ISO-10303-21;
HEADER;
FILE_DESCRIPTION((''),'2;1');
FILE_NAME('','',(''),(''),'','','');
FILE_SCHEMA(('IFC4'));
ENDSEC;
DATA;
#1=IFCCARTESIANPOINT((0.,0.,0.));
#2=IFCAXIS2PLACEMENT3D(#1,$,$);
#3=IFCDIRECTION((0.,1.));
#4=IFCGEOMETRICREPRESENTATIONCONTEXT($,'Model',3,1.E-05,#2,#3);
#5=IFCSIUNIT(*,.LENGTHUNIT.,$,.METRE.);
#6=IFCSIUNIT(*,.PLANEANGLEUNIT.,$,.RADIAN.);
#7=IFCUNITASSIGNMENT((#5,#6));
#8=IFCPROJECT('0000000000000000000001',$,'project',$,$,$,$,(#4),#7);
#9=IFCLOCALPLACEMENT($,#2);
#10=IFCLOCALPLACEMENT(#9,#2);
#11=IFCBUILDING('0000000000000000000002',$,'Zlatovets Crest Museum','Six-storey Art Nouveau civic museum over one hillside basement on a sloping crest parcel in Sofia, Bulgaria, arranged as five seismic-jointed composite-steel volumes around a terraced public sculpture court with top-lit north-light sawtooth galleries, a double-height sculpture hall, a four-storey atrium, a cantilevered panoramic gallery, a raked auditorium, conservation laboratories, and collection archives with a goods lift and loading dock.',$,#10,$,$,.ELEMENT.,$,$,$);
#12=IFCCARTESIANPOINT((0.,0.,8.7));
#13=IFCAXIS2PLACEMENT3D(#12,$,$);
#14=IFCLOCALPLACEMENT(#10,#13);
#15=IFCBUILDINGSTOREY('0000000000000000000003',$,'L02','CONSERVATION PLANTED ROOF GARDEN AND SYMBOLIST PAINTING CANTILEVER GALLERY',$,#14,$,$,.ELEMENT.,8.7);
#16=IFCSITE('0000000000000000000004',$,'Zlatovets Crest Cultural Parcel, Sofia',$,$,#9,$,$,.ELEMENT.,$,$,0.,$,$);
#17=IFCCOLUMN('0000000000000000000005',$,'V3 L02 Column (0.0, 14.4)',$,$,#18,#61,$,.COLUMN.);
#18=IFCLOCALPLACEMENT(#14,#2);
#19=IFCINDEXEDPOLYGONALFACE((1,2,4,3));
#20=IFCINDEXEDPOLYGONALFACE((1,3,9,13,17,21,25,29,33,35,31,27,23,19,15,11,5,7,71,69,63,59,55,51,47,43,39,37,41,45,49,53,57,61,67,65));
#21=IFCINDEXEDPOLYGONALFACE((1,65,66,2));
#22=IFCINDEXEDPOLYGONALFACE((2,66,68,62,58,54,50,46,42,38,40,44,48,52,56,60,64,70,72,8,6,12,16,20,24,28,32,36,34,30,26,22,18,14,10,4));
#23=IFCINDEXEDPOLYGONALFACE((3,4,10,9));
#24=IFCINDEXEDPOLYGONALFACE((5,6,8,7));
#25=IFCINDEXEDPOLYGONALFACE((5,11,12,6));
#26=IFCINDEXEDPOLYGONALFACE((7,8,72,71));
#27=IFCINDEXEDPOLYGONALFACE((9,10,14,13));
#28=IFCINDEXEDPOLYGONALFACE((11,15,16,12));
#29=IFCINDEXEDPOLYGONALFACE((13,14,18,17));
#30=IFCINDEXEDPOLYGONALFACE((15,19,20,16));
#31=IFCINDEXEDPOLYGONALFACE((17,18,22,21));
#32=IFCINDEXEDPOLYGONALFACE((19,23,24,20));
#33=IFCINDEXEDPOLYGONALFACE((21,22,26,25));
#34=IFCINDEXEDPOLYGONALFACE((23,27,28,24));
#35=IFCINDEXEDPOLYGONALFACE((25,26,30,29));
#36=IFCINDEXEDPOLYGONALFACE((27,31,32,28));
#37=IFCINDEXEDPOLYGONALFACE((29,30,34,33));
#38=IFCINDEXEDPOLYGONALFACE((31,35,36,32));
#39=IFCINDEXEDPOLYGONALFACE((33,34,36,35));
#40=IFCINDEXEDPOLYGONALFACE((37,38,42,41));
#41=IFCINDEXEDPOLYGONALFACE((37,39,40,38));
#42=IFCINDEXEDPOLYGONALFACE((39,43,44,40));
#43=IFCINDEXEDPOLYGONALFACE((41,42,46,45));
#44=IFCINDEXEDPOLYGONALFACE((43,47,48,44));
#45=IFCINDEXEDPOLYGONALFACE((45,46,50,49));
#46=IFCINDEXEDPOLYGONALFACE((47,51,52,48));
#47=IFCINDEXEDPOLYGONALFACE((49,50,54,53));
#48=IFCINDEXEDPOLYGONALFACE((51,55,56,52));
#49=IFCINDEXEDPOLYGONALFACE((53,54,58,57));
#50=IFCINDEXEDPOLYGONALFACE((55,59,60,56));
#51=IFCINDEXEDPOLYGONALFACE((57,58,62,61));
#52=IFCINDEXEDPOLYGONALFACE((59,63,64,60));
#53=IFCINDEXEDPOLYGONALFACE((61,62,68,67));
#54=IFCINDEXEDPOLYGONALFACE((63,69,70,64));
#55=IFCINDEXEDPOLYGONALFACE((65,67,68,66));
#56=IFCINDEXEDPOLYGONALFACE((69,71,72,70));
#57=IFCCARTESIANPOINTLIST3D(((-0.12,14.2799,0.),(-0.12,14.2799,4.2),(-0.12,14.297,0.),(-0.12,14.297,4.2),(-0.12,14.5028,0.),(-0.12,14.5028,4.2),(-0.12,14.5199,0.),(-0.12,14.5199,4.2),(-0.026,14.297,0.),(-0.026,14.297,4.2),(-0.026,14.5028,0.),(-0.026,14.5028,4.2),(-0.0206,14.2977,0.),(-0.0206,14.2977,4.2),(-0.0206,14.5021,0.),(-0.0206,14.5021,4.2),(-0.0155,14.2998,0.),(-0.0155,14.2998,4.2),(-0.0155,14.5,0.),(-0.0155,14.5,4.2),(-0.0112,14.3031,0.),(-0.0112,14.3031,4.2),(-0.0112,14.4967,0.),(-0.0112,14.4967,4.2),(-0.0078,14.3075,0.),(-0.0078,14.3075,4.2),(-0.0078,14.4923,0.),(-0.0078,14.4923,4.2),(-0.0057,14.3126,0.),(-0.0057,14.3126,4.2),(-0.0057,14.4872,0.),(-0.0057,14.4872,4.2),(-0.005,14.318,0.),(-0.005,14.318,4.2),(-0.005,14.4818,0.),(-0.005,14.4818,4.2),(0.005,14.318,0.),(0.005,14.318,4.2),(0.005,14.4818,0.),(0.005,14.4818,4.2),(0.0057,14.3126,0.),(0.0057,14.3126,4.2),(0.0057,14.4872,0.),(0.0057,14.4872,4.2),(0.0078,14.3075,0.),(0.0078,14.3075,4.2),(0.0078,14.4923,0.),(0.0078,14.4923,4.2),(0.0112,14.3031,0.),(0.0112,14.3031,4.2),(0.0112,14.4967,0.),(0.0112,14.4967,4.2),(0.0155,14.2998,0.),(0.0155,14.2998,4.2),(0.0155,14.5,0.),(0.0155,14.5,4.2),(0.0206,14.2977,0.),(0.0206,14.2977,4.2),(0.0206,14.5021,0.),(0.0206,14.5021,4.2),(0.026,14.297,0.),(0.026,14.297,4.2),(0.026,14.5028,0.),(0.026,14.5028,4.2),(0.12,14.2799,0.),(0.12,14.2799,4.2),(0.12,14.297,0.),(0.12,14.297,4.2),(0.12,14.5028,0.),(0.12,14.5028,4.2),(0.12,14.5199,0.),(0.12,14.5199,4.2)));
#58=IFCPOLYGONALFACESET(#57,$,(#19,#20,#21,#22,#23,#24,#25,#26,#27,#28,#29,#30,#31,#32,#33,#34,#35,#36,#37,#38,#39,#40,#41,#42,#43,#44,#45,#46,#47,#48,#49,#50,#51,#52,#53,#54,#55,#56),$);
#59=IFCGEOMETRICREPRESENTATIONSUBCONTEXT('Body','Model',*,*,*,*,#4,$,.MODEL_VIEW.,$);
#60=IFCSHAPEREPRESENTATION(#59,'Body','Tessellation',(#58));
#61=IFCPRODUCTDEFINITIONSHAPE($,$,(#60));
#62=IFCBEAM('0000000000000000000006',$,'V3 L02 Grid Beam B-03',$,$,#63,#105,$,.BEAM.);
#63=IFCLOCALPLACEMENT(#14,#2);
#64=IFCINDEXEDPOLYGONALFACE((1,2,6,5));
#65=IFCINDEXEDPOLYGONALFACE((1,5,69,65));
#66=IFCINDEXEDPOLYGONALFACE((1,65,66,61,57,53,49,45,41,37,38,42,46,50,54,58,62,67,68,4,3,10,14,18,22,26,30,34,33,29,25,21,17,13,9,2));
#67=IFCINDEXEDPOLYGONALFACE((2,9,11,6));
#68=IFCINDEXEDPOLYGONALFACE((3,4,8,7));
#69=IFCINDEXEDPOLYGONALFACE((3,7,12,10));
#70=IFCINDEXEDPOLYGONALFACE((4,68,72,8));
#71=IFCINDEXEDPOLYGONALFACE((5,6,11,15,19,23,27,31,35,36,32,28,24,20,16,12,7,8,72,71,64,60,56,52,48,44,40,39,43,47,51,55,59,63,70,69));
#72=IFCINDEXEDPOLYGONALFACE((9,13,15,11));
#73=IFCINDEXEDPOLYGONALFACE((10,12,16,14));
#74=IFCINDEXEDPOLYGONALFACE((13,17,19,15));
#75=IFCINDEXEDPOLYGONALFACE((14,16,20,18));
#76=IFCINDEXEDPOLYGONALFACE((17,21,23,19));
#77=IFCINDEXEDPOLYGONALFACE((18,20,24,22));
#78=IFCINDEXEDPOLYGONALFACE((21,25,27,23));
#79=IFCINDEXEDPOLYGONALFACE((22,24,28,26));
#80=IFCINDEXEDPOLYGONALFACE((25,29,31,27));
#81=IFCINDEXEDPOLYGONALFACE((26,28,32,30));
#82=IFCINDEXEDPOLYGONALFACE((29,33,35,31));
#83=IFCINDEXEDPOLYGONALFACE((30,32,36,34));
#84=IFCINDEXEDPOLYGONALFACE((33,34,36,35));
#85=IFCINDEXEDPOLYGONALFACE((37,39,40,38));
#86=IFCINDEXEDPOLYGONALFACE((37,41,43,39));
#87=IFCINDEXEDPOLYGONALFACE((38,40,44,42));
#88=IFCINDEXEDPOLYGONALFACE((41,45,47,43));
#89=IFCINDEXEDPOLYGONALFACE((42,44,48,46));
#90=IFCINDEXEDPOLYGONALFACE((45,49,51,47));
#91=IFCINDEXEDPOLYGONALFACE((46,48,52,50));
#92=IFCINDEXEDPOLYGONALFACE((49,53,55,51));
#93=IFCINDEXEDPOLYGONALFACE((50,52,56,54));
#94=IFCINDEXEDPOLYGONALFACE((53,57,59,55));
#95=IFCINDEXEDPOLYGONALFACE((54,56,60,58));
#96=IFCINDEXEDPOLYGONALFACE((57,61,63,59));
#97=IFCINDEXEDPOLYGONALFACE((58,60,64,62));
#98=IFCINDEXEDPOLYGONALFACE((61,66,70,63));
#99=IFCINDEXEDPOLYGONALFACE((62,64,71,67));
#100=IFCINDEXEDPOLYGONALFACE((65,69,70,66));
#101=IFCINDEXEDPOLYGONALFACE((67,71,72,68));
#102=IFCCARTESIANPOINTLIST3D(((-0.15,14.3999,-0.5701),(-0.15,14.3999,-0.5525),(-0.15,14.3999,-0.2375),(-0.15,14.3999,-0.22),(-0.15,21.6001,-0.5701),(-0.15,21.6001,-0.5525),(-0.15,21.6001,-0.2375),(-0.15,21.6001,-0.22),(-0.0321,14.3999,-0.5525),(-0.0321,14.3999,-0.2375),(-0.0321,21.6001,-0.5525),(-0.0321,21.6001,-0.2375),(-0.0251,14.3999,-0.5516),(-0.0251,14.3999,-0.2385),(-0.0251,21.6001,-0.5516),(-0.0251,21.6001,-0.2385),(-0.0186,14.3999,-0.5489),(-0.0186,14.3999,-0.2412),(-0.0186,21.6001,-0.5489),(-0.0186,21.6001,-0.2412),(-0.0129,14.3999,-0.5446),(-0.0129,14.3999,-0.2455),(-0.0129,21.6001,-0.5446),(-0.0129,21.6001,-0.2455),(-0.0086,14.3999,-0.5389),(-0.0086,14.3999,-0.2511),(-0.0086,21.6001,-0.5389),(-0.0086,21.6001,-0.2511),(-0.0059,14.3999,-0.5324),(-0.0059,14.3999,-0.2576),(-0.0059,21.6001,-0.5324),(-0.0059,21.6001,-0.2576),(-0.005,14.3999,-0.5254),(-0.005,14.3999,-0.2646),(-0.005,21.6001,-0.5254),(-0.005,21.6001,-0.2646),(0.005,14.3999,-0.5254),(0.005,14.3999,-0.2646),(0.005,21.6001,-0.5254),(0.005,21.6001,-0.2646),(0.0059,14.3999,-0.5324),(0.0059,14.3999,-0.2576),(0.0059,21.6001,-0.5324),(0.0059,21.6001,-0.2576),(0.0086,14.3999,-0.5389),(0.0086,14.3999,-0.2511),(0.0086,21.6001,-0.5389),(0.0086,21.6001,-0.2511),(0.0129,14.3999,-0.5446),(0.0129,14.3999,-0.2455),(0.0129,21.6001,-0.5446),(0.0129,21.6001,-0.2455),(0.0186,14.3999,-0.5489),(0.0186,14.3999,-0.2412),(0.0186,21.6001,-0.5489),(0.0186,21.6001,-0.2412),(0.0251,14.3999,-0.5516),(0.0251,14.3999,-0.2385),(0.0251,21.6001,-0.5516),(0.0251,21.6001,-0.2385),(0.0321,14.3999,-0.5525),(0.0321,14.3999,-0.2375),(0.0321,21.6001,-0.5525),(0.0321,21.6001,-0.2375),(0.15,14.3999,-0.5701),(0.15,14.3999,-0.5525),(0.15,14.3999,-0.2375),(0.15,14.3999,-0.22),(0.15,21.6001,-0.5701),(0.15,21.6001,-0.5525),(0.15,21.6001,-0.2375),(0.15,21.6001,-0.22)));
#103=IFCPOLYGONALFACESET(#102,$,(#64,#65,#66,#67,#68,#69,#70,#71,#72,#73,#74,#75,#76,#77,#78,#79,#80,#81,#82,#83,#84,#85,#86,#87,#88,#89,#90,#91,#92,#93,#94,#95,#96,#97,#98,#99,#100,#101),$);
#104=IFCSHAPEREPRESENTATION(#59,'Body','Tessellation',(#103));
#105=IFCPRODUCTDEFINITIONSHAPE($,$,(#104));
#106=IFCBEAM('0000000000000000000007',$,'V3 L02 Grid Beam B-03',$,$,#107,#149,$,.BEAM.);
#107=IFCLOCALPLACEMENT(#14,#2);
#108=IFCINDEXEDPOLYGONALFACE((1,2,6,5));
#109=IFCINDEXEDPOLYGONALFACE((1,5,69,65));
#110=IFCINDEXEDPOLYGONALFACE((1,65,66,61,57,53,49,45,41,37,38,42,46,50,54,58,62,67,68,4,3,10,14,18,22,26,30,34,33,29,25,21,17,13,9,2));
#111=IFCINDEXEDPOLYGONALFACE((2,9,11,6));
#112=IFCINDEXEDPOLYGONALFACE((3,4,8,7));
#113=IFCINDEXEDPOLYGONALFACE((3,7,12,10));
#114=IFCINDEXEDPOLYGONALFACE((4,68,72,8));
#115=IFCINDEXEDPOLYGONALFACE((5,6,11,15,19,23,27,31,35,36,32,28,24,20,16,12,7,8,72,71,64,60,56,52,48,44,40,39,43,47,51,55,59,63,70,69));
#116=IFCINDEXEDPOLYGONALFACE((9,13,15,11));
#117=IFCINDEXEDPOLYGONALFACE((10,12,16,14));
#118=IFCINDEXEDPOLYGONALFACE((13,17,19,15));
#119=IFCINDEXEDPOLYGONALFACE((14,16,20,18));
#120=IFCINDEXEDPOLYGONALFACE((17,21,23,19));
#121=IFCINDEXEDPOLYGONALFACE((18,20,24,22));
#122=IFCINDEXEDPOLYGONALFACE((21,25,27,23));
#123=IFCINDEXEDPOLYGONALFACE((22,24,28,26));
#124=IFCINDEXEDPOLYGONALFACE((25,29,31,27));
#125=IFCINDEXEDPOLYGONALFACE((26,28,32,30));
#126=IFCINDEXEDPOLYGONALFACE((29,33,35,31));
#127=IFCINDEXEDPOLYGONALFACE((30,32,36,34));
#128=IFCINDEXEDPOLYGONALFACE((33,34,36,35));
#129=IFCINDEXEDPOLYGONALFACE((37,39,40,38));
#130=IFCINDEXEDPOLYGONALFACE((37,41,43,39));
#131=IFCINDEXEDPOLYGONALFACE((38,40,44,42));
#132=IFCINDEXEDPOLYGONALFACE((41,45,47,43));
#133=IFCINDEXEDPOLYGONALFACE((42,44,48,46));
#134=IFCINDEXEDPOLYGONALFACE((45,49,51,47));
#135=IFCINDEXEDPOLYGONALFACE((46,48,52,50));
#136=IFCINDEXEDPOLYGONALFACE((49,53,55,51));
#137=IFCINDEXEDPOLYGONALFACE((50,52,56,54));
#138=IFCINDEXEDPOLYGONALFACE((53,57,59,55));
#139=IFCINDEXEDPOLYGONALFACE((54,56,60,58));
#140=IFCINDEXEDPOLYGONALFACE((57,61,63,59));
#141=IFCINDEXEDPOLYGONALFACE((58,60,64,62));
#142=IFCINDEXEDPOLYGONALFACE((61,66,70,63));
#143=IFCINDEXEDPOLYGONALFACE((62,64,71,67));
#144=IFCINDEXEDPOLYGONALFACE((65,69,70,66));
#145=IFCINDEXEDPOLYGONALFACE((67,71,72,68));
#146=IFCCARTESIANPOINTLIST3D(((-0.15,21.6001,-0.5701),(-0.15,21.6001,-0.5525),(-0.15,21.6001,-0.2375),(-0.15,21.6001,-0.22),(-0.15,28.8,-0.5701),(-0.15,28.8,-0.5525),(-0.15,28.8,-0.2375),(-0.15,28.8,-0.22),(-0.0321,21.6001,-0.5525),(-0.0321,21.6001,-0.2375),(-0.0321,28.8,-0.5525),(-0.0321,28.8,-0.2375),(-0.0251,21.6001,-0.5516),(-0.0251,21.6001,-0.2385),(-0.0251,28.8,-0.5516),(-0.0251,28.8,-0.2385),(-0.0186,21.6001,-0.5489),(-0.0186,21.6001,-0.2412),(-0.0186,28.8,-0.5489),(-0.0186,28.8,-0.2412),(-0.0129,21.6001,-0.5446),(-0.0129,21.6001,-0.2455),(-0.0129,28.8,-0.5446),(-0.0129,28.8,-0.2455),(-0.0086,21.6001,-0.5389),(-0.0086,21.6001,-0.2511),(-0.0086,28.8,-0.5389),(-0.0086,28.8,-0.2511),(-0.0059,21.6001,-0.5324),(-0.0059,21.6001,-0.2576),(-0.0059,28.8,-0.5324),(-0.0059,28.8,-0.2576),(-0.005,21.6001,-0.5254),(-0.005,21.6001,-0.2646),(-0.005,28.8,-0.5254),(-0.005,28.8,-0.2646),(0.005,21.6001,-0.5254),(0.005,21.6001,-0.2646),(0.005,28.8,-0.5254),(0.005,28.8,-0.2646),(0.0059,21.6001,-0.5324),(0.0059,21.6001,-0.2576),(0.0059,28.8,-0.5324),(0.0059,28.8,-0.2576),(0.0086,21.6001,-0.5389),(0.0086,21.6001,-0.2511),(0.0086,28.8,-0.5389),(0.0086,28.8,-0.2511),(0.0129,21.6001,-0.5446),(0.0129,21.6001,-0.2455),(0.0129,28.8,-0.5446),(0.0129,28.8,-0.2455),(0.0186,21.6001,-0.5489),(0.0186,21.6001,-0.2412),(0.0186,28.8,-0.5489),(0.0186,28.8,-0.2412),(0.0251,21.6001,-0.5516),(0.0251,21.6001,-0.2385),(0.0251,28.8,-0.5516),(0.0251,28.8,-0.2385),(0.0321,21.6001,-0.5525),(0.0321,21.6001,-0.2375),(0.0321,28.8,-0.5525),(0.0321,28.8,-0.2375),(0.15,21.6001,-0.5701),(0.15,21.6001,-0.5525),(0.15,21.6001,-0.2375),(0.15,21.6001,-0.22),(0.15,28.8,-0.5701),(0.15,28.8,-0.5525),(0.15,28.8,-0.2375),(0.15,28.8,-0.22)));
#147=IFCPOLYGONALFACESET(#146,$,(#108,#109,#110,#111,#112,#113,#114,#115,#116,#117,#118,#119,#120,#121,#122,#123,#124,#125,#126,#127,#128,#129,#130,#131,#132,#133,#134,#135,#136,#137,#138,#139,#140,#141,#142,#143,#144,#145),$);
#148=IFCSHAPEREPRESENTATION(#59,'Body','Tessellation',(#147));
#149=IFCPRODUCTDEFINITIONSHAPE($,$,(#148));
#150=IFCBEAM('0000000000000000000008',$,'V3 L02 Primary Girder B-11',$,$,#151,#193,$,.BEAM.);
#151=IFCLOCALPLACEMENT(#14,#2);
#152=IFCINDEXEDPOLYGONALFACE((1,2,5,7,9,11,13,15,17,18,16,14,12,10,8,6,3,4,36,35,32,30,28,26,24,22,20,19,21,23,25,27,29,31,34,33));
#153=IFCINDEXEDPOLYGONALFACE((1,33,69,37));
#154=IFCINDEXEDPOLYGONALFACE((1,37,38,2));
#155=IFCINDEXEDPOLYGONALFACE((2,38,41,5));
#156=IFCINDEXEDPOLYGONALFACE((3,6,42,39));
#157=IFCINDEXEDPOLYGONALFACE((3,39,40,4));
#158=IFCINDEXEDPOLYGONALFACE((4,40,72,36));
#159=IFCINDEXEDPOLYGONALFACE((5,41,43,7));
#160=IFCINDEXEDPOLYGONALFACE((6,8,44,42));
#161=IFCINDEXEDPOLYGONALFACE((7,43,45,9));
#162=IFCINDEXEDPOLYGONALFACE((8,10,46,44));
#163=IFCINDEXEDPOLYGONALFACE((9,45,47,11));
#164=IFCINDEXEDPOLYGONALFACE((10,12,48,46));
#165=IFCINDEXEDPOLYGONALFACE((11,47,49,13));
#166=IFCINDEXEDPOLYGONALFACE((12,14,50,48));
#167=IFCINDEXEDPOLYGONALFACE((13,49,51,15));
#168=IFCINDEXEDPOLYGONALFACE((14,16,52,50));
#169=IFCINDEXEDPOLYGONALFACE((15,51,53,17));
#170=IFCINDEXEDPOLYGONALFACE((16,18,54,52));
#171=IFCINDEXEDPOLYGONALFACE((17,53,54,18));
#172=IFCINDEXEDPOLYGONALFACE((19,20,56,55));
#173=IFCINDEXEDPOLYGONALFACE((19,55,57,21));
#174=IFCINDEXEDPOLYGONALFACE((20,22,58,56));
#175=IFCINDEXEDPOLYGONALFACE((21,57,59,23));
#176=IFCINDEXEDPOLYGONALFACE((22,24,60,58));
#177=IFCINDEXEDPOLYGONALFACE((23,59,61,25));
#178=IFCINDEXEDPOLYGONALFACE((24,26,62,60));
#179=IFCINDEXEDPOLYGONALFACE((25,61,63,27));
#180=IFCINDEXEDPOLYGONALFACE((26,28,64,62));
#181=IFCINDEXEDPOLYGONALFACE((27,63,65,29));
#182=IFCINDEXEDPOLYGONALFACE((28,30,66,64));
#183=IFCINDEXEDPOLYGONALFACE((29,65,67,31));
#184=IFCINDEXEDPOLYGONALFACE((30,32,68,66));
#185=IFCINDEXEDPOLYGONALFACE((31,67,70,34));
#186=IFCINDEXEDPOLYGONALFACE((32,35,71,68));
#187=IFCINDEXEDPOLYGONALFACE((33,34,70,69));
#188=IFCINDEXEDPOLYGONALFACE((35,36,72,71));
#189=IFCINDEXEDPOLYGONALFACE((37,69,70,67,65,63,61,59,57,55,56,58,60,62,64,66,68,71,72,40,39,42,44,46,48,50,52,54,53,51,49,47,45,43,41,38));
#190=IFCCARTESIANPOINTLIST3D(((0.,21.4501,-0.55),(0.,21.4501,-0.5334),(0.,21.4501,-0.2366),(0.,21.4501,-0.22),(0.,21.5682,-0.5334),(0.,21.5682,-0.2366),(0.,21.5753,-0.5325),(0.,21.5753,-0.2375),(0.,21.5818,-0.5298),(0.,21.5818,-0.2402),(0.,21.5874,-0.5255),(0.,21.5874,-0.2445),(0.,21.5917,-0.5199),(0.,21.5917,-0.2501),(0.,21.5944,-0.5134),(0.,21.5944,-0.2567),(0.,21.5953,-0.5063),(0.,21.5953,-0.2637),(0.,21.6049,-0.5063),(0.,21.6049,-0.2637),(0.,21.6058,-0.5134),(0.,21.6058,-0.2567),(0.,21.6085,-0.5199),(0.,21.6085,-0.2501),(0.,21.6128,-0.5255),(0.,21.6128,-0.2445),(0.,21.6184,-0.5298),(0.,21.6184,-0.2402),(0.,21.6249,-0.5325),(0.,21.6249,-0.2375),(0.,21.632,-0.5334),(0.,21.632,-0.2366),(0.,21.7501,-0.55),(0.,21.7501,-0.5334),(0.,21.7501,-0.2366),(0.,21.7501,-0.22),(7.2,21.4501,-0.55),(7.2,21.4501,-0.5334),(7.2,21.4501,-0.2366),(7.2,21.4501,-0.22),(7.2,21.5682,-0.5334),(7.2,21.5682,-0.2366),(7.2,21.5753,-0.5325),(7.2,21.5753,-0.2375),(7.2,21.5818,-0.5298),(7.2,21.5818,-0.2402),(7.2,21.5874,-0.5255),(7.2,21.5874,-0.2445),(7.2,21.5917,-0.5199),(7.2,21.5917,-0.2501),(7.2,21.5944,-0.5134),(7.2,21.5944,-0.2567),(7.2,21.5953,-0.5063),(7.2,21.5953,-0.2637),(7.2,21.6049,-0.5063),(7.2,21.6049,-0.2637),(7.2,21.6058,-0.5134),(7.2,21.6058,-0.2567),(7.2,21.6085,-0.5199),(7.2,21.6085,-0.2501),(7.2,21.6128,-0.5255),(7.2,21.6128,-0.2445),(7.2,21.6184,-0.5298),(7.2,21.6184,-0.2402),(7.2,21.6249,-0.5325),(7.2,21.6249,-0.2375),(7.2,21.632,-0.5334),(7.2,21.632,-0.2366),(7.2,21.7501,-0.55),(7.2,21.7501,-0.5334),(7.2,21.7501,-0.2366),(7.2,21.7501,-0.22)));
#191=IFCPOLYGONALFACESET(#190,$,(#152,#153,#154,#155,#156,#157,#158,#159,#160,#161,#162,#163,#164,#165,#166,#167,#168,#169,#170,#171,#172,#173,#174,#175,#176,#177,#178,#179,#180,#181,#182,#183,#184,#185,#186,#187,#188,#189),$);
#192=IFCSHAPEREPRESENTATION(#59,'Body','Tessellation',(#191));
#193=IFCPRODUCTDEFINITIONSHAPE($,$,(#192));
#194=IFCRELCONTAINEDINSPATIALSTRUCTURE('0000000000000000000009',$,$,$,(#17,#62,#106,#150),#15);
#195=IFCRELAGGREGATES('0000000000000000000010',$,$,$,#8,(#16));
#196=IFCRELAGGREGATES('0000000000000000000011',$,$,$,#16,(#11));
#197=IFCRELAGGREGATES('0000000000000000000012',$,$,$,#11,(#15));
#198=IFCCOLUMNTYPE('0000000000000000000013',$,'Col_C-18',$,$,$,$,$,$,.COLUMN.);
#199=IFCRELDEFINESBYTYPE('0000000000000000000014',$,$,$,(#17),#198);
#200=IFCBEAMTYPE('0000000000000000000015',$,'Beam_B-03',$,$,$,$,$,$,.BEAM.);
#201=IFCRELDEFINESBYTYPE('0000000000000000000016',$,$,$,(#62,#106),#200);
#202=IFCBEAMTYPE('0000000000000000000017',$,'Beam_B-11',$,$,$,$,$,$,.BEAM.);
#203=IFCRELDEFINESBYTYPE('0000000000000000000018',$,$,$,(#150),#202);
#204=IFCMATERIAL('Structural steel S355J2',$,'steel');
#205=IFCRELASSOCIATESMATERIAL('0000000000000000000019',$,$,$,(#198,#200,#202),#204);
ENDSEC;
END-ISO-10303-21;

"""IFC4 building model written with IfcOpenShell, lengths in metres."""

from ifc_helpers import new_model, si_unit, direction, frame, origin, origin_2d, place, context, subcontext, project, spatial, i_section, extrude, material, material_profile, profile_set, type_object, element, save


model = new_model("IFC4")

# Units and contexts
model_context = context("Model", 3, precision=1e-05, world=origin(), true_north=direction((0.0, 1.0)))
body_context = subcontext(model_context, "Body", "Model", "MODEL_VIEW")
ifc_project = project(units=[si_unit("LENGTHUNIT", "METRE"), si_unit("PLANEANGLEUNIT", "RADIAN")], contexts=[model_context])

# Site, building, storey
site_placement = place(None, origin())
site = spatial("IfcSite", under=ifc_project, at=site_placement, Name="Zlatovets Crest Cultural Parcel, Sofia", CompositionType="ELEMENT", RefElevation=0.0)
building_placement = place(site_placement, origin())
building = spatial("IfcBuilding", under=site, at=building_placement, Name="Zlatovets Crest Museum", Description="Six-storey Art Nouveau civic museum over one hillside basement on a sloping crest parcel in Sofia, Bulgaria, arranged as five seismic-jointed composite-steel volumes around a terraced public sculpture court with top-lit north-light sawtooth galleries, a double-height sculpture hall, a four-storey atrium, a cantilevered panoramic gallery, a raked auditorium, conservation laboratories, and collection archives with a goods lift and loading dock.", CompositionType="ELEMENT")
storey_placement = place(building_placement, frame((0.0, 0.0, 8.7)))
storey = spatial("IfcBuildingStorey", under=building, at=storey_placement, Name="L02", Description="CONSERVATION PLANTED ROOF GARDEN AND SYMBOLIST PAINTING CANTILEVER GALLERY", CompositionType="ELEMENT", Elevation=8.7)

# Column
ifc_material_1 = material(Name="Structural steel S355J2", Category="steel")
ifc_material_profile_1 = material_profile(ifc_material_1, i_section(OverallWidth=0.24, OverallDepth=0.24, WebThickness=0.01, FlangeThickness=0.0171, FilletRadius=0.021, at=origin_2d()), Name="HEB 240")
ifc_profile_set_1 = profile_set([ifc_material_profile_1], Name="Structural steel S355J2")
column_type = type_object("IfcColumnType", Name="Col_C-18", PredefinedType="COLUMN", material=ifc_profile_set_1)
column_placement = place(storey_placement, frame((0.0, 14.3999, 0.0), z_axis=(0.0, 0.0, 1.0), x_axis=(1.0, 0.0, 0.0)))
element("IfcColumn", 1, at=column_placement, inside=storey, type_object=column_type, Name="V3 L02 Column (0.0, 14.4)", PredefinedType="COLUMN", context=body_context, shape_type="SweptSolid", body=[
    extrude(i_section(OverallWidth=0.24, OverallDepth=0.24, WebThickness=0.01, FlangeThickness=0.0171, FilletRadius=0.021, at=origin_2d()), origin(), (0.0, 0.0, 1.0), 4.2),
])

# Beams
ifc_material_profile_2 = material_profile(ifc_material_1, i_section(OverallWidth=0.3, OverallDepth=0.3501, WebThickness=0.01, FlangeThickness=0.0176, FilletRadius=0.0271, at=origin_2d()), Name="HEA 360")
ifc_profile_set_2 = profile_set([ifc_material_profile_2], Name="Structural steel S355J2")
beam_type_1 = type_object("IfcBeamType", Name="Beam_B-03", PredefinedType="BEAM", material=ifc_profile_set_2)
beam_1_placement = place(storey_placement, frame((0.0, 14.3999, -0.395), z_axis=(0.0, 1.0, 0.0), x_axis=(-1.0, 0.0, 0.0)))
element("IfcBeam", 2, at=beam_1_placement, inside=storey, type_object=beam_type_1, Name="V3 L02 Grid Beam B-03", PredefinedType="BEAM", context=body_context, shape_type="SweptSolid", body=[
    extrude(i_section(OverallWidth=0.3, OverallDepth=0.3501, WebThickness=0.01, FlangeThickness=0.0176, FilletRadius=0.0271, at=origin_2d()), origin(), (0.0, 0.0, 1.0), 7.2002),
])
beam_2_placement = place(storey_placement, frame((0.0, 21.6001, -0.395), z_axis=(0.0, 1.0, 0.0), x_axis=(-1.0, 0.0, 0.0)))
element("IfcBeam", 3, at=beam_2_placement, inside=storey, type_object=beam_type_1, Name="V3 L02 Grid Beam B-03", PredefinedType="BEAM", context=body_context, shape_type="SweptSolid", body=[
    extrude(i_section(OverallWidth=0.3, OverallDepth=0.3501, WebThickness=0.01, FlangeThickness=0.0176, FilletRadius=0.0271, at=origin_2d()), origin(), (0.0, 0.0, 1.0), 7.2),
])
ifc_material_profile_3 = material_profile(ifc_material_1, i_section(OverallWidth=0.3, OverallDepth=0.3301, WebThickness=0.0095, FlangeThickness=0.0166, FilletRadius=0.0271, at=origin_2d()), Name="HEA 340")
ifc_profile_set_3 = profile_set([ifc_material_profile_3], Name="Structural steel S355J2")
beam_type_2 = type_object("IfcBeamType", Name="Beam_B-11", PredefinedType="BEAM", material=ifc_profile_set_3)
beam_3_placement = place(storey_placement, frame((0.0, 21.6001, -0.385), z_axis=(1.0, 0.0, 0.0), x_axis=(0.0, 1.0, 0.0)))
element("IfcBeam", 4, at=beam_3_placement, inside=storey, type_object=beam_type_2, Name="V3 L02 Primary Girder B-11", PredefinedType="BEAM", context=body_context, shape_type="SweptSolid", body=[
    extrude(i_section(OverallWidth=0.3, OverallDepth=0.3301, WebThickness=0.0095, FlangeThickness=0.0166, FilletRadius=0.0271, at=origin_2d()), origin(), (0.0, 0.0, 1.0), 7.2),
])

save(model, "model.ifc")
